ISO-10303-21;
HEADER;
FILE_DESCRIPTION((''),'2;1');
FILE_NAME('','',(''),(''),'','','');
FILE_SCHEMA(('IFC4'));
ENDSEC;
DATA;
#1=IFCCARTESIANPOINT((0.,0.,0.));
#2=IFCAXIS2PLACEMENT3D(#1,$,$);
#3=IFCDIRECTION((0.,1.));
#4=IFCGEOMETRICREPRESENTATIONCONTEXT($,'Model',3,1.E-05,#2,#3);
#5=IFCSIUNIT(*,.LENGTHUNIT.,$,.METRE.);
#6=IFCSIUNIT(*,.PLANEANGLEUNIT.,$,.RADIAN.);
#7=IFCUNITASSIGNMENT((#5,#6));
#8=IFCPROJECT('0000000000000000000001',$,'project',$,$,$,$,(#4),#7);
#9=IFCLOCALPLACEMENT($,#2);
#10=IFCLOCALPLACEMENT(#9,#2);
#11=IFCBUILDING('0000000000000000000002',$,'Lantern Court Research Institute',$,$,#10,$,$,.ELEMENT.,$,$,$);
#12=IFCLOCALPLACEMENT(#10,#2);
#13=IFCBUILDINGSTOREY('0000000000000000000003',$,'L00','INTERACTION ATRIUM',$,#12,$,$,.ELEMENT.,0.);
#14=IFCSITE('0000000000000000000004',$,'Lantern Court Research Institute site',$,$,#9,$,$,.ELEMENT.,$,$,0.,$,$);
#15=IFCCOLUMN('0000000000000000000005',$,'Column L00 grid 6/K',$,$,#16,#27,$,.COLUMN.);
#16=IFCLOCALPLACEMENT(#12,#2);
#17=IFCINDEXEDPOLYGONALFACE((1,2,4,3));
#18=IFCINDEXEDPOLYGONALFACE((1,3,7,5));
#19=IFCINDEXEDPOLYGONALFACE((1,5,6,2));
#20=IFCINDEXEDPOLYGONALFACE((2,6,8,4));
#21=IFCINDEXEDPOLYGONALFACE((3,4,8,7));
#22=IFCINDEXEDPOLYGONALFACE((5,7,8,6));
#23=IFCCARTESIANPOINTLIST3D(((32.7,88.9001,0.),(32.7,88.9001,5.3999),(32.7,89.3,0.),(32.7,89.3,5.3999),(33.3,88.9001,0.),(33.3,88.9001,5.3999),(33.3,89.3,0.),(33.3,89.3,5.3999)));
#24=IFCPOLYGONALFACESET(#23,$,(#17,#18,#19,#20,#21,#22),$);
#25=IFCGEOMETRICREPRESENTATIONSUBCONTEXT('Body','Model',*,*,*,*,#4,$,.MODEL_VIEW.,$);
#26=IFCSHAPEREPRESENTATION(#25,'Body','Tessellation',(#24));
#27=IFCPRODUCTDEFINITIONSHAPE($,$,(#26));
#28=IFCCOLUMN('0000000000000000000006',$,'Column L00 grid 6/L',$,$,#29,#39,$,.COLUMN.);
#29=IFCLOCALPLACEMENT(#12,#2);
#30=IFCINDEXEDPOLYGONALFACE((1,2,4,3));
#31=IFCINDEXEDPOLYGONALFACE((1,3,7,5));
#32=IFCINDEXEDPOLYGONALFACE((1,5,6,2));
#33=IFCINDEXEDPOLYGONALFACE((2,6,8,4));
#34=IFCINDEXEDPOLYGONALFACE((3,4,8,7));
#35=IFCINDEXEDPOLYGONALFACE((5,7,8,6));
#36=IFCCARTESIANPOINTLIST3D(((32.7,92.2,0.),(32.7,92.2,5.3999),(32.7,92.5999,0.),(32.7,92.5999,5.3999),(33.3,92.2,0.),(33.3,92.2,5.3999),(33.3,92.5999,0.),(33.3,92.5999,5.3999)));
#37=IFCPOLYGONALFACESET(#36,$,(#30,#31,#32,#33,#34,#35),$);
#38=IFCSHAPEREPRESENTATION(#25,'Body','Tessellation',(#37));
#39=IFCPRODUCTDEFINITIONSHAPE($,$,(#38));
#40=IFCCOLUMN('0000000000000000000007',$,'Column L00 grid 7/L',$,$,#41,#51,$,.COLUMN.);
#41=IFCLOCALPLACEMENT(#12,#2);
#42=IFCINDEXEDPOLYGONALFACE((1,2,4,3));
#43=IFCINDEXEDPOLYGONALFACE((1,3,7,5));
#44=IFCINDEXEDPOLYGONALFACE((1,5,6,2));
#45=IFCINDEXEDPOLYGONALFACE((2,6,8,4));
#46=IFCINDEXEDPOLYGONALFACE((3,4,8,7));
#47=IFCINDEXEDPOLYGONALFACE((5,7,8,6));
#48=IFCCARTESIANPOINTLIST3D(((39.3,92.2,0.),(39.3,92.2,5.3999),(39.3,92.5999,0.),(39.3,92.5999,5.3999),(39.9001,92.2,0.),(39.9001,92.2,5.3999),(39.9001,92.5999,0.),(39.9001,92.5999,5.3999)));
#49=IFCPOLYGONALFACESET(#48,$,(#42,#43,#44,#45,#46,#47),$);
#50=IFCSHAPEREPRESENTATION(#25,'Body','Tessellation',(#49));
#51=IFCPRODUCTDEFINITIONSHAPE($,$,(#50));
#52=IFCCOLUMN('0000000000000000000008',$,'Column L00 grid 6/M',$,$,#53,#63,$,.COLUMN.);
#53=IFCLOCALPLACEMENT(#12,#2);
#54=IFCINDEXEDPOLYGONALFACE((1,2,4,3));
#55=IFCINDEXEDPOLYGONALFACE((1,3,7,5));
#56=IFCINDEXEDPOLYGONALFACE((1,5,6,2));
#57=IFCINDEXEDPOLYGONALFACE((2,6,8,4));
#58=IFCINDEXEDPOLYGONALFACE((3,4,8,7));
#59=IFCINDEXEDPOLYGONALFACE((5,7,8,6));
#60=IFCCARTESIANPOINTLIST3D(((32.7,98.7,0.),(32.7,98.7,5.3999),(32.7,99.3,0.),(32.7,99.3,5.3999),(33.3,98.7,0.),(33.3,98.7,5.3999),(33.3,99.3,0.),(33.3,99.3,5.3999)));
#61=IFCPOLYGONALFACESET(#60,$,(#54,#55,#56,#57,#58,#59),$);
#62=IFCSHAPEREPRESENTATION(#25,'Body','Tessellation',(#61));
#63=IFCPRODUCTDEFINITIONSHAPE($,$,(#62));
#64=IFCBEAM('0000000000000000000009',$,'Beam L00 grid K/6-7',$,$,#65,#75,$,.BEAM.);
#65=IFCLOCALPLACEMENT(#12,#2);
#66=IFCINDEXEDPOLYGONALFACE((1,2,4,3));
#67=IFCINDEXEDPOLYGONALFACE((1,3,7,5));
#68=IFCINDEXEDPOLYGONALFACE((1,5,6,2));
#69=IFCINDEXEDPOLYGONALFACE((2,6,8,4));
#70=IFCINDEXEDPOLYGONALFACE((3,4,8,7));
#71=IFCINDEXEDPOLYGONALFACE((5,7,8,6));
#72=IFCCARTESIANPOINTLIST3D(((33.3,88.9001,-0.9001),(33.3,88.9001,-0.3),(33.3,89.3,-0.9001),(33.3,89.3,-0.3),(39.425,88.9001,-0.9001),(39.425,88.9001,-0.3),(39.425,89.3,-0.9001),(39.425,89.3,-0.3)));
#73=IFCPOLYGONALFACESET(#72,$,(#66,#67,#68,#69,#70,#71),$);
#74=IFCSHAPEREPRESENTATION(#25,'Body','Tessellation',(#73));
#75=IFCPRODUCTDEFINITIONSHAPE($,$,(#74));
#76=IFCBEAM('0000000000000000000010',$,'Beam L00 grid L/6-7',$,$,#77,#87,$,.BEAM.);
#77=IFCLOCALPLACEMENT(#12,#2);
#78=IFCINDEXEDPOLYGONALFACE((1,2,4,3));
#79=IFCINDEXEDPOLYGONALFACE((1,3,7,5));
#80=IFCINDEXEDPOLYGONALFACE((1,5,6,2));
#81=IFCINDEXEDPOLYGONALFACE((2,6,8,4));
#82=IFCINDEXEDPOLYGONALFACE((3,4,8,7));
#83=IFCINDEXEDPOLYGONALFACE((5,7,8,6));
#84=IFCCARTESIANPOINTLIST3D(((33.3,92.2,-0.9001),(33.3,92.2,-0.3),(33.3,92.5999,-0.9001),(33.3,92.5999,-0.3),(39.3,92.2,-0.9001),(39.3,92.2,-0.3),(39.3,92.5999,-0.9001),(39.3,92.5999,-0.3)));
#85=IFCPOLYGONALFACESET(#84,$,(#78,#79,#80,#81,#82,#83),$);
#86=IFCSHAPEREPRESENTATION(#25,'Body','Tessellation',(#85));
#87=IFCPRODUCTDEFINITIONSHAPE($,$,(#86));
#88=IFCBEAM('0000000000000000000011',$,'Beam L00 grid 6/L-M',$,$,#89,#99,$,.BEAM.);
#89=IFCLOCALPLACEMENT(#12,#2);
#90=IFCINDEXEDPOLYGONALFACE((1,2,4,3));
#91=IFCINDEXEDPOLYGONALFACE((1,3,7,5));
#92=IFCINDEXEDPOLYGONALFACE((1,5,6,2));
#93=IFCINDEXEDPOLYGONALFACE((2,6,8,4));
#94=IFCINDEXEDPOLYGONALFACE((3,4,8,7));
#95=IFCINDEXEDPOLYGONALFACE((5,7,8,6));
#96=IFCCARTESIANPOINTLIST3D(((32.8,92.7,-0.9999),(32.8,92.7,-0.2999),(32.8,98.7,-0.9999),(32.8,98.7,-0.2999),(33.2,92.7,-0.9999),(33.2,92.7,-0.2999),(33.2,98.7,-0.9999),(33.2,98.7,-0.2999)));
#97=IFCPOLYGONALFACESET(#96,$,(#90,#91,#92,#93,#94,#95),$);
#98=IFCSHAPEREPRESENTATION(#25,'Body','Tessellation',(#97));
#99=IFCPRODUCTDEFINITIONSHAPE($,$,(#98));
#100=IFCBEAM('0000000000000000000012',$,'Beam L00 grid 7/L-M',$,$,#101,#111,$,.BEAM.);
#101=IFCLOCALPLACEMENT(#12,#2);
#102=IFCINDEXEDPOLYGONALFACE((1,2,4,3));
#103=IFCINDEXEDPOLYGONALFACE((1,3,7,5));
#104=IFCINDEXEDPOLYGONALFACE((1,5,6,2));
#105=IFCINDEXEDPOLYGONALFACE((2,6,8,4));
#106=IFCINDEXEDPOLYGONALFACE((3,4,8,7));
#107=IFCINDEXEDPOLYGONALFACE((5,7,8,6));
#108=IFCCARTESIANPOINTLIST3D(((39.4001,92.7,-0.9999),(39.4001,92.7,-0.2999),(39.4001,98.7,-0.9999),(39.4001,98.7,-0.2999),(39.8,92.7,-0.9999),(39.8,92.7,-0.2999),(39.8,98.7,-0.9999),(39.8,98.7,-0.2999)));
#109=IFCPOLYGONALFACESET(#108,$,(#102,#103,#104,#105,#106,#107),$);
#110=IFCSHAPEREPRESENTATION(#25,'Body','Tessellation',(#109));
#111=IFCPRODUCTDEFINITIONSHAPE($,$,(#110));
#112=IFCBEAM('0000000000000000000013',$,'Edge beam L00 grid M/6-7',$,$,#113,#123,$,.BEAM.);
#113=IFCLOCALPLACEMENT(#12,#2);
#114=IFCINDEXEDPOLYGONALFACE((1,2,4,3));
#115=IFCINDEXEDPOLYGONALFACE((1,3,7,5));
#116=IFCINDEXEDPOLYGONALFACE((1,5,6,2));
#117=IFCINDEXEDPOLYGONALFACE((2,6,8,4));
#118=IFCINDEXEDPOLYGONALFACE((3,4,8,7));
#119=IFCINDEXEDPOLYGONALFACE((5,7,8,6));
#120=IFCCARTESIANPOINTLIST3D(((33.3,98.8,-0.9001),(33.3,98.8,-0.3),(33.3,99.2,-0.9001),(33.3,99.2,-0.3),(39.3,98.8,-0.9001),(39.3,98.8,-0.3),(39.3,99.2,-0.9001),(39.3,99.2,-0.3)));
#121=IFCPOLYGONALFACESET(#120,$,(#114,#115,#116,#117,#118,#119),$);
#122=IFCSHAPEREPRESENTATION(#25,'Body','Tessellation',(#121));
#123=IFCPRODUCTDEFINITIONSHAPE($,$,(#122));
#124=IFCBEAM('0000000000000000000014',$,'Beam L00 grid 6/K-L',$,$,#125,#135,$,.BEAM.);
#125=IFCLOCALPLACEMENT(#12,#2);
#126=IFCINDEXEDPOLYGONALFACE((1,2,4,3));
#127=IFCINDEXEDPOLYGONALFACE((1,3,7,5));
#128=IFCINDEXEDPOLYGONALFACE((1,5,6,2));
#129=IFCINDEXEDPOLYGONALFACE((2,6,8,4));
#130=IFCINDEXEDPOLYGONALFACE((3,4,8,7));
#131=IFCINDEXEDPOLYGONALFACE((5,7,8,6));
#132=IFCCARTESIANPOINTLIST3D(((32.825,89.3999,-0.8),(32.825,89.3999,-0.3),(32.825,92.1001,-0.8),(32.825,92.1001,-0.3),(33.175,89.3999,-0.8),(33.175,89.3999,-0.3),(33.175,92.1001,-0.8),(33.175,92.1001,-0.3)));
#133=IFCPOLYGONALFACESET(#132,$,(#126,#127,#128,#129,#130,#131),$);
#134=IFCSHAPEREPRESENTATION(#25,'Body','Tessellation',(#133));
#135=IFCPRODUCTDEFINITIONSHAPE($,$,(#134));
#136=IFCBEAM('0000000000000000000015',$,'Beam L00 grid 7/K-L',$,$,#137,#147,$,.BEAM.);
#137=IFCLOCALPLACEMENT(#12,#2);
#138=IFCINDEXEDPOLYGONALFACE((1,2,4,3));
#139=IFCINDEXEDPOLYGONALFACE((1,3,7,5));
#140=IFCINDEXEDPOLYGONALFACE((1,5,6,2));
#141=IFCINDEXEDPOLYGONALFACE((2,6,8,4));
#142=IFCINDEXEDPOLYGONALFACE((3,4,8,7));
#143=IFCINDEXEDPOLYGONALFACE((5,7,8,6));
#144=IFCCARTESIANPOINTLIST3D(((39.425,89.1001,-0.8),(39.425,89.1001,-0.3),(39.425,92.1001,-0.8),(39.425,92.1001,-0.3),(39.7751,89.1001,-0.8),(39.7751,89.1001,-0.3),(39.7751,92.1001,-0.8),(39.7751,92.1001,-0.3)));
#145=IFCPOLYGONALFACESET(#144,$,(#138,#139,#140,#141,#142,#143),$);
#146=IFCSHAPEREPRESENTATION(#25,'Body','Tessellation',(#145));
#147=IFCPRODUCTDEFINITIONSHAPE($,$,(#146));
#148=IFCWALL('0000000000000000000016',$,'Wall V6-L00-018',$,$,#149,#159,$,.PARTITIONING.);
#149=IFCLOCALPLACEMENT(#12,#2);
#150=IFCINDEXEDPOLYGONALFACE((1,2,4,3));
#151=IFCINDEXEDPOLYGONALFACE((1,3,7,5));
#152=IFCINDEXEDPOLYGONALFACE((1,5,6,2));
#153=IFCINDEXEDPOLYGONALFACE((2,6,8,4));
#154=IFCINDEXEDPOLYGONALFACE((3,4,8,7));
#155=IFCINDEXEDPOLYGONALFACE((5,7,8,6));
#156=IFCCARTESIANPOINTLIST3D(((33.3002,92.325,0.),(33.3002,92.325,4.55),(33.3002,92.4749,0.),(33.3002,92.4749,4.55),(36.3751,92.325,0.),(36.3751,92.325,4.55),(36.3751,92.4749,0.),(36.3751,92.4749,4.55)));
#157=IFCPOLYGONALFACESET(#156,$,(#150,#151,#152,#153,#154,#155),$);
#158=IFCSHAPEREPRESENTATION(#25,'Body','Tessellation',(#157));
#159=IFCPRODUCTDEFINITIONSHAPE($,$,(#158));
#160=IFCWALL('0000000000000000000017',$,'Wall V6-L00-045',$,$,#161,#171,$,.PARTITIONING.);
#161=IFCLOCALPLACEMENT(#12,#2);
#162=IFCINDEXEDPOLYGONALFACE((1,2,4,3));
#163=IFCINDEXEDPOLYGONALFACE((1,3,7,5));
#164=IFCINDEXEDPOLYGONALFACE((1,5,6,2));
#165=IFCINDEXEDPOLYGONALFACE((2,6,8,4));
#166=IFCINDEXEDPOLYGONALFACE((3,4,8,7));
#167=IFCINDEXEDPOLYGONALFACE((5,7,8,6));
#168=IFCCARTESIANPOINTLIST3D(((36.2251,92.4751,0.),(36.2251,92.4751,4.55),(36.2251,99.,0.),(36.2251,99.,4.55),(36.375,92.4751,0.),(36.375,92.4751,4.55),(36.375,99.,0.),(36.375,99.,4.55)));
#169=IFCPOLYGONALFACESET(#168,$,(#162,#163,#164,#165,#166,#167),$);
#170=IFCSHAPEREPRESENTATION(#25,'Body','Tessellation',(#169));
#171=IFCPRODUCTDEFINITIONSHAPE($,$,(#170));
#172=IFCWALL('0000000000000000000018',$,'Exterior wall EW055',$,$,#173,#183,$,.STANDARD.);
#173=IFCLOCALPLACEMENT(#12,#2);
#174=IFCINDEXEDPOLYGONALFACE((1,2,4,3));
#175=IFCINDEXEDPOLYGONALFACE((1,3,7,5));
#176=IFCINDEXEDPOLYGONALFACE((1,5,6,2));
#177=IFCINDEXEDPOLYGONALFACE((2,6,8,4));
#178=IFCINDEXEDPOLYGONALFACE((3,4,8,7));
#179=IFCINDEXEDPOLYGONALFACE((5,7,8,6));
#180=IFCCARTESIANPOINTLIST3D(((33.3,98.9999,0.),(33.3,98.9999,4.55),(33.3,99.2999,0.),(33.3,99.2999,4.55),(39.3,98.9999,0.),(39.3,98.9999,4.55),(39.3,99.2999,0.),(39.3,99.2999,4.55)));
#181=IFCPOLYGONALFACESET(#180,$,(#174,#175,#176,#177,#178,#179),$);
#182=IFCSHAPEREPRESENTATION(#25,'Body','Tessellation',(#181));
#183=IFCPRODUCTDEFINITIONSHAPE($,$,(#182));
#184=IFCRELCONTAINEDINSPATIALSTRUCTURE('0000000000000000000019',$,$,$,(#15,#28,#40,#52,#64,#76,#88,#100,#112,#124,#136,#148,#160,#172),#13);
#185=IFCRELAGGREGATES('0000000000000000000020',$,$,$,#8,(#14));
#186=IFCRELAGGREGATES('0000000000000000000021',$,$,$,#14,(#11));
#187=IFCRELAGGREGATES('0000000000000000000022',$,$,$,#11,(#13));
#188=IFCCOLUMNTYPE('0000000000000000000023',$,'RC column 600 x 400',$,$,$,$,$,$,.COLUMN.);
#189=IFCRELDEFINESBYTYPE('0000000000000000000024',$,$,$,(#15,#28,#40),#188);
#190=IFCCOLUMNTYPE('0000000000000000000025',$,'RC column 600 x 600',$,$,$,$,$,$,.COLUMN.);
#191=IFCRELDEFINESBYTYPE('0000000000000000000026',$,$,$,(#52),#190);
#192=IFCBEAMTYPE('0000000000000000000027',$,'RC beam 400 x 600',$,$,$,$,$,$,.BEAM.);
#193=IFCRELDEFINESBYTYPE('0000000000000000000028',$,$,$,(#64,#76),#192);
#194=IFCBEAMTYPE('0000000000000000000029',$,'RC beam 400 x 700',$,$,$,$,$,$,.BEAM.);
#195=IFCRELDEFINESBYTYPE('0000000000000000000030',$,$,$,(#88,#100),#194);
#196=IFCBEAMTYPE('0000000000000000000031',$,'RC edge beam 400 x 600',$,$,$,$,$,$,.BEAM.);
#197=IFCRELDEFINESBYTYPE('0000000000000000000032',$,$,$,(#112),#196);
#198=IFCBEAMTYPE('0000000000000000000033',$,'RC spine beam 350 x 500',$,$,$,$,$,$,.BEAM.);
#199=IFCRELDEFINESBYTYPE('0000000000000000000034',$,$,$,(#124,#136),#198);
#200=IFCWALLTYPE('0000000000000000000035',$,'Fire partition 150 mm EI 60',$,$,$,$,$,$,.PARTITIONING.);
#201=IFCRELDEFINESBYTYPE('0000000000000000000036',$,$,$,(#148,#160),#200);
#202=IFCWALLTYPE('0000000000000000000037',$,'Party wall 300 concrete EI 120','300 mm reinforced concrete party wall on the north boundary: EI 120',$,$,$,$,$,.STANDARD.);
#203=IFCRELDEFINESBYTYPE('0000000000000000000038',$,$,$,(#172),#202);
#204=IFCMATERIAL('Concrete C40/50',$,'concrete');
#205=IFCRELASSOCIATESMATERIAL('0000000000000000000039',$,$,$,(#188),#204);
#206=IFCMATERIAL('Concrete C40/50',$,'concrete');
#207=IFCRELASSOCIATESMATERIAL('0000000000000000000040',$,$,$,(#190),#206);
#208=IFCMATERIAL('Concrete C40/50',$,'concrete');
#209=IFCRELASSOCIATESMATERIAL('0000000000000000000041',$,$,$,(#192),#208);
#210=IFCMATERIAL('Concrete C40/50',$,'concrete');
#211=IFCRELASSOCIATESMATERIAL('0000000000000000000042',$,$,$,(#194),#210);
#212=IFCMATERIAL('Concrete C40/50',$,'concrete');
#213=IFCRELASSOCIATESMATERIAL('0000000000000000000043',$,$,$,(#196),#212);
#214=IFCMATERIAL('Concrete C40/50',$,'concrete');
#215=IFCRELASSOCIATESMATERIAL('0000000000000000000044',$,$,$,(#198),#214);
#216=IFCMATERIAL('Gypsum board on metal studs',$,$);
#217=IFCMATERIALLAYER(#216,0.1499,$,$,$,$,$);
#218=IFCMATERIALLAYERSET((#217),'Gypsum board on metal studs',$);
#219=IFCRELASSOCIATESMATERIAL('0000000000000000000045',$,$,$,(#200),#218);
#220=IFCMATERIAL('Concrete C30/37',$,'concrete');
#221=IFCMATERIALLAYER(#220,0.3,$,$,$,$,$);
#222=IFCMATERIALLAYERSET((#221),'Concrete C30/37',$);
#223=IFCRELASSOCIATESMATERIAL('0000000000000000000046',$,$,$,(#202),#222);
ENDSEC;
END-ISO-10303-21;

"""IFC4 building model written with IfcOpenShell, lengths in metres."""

from ifc_helpers import new_model, si_unit, direction, frame, frame_2d, origin, origin_2d, place, context, subcontext, project, spatial, rectangle, extrude, material, layer, layer_set, material_profile, profile_set, type_object, element, save


model = new_model("IFC4")

# Units and contexts
model_context = context("Model", 3, precision=1e-05, world=origin(), true_north=direction((0.0, 1.0)))
body_context = subcontext(model_context, "Body", "Model", "MODEL_VIEW")
ifc_project = project(units=[si_unit("LENGTHUNIT", "METRE"), si_unit("PLANEANGLEUNIT", "RADIAN")], contexts=[model_context])

# Site, building, storey
site_placement = place(None, origin())
site = spatial("IfcSite", under=ifc_project, at=site_placement, Name="Lantern Court Research Institute site", CompositionType="ELEMENT", RefElevation=0.0)
building_placement = place(site_placement, origin())
building = spatial("IfcBuilding", under=site, at=building_placement, Name="Lantern Court Research Institute", CompositionType="ELEMENT")
storey_placement = place(building_placement, origin())
storey = spatial("IfcBuildingStorey", under=building, at=storey_placement, Name="L00", Description="INTERACTION ATRIUM", CompositionType="ELEMENT", Elevation=0.0)

# Columns
ifc_material_1 = material(Name="Concrete C40/50", Category="concrete")
ifc_material_profile_1 = material_profile(ifc_material_1, rectangle(XDim=0.6001, YDim=0.3999, at=origin_2d()), Name="RC column 600 x 400")
ifc_profile_set_1 = profile_set([ifc_material_profile_1], Name="Concrete C40/50")
column_type_1 = type_object("IfcColumnType", Name="RC column 600 x 400", PredefinedType="COLUMN", material=ifc_profile_set_1)
for number, where, z_axis, x_axis, name in (
    (1, (33.0, 89.1001, 0.0), (0.0, 0.0, 1.0), (1.0, 0.0, 0.0), "Column L00 grid 6/K"),
    (2, (33.0, 92.3999, 0.0), (0.0, 0.0, 1.0), (1.0, 0.0, 0.0), "Column L00 grid 6/L"),
    (3, (39.6001, 92.3999, 0.0), (0.0, 0.0, 1.0), (1.0, 0.0, 0.0), "Column L00 grid 7/L"),
):
    element("IfcColumn", number, at=place(storey_placement, frame(where, z_axis=z_axis, x_axis=x_axis)), inside=storey, type_object=column_type_1, Name=name, PredefinedType="COLUMN", context=body_context, shape_type="SweptSolid", body=[
        extrude(rectangle(XDim=0.6001, YDim=0.3999, at=origin_2d()), origin(), (0.0, 0.0, 1.0), 5.3999),
    ])
ifc_material_2 = material(Name="Concrete C40/50", Category="concrete")
ifc_material_profile_2 = material_profile(ifc_material_2, rectangle(XDim=0.6001, YDim=0.6001, at=origin_2d()), Name="RC column 600 x 600")
ifc_profile_set_2 = profile_set([ifc_material_profile_2], Name="Concrete C40/50")
column_type_2 = type_object("IfcColumnType", Name="RC column 600 x 600", PredefinedType="COLUMN", material=ifc_profile_set_2)
column_placement = place(storey_placement, frame((33.0, 99.0, 0.0), z_axis=(0.0, 0.0, 1.0), x_axis=(1.0, 0.0, 0.0)))
element("IfcColumn", 4, at=column_placement, inside=storey, type_object=column_type_2, Name="Column L00 grid 6/M", PredefinedType="COLUMN", context=body_context, shape_type="SweptSolid", body=[
    extrude(rectangle(XDim=0.6001, YDim=0.6001, at=origin_2d()), origin(), (0.0, 0.0, 1.0), 5.3999),
])

# Beams
ifc_material_3 = material(Name="Concrete C40/50", Category="concrete")
ifc_material_profile_3 = material_profile(ifc_material_3, rectangle(XDim=0.3999, YDim=0.6001, at=origin_2d()), Name="RC beam 400 x 600")
ifc_profile_set_3 = profile_set([ifc_material_profile_3], Name="Concrete C40/50")
beam_type_1 = type_object("IfcBeamType", Name="RC beam 400 x 600", PredefinedType="BEAM", material=ifc_profile_set_3)
beam_1_placement = place(storey_placement, frame((33.3, 89.1001, -0.6001), z_axis=(1.0, 0.0, 0.0), x_axis=(0.0, 1.0, 0.0)))
element("IfcBeam", 5, at=beam_1_placement, inside=storey, type_object=beam_type_1, Name="Beam L00 grid K/6-7", PredefinedType="BEAM", context=body_context, shape_type="SweptSolid", body=[
    extrude(rectangle(XDim=0.3999, YDim=0.6001, at=origin_2d()), origin(), (0.0, 0.0, 1.0), 6.125),
])
beam_2_placement = place(storey_placement, frame((33.3, 92.3999, -0.6001), z_axis=(1.0, 0.0, 0.0), x_axis=(0.0, 1.0, 0.0)))
element("IfcBeam", 6, at=beam_2_placement, inside=storey, type_object=beam_type_1, Name="Beam L00 grid L/6-7", PredefinedType="BEAM", context=body_context, shape_type="SweptSolid", body=[
    extrude(rectangle(XDim=0.3999, YDim=0.6001, at=origin_2d()), origin(), (0.0, 0.0, 1.0), 6.0),
])
ifc_material_4 = material(Name="Concrete C40/50", Category="concrete")
ifc_material_profile_4 = material_profile(ifc_material_4, rectangle(XDim=0.3999, YDim=0.7, at=origin_2d()), Name="RC beam 400 x 700")
ifc_profile_set_4 = profile_set([ifc_material_profile_4], Name="Concrete C40/50")
beam_type_2 = type_object("IfcBeamType", Name="RC beam 400 x 700", PredefinedType="BEAM", material=ifc_profile_set_4)
for number, where, z_axis, x_axis, name in (
    (7, (33.0, 92.7, -0.6499), (0.0, 1.0, 0.0), (-1.0, 0.0, 0.0), "Beam L00 grid 6/L-M"),
    (8, (39.6001, 92.7, -0.6499), (0.0, 1.0, 0.0), (-1.0, 0.0, 0.0), "Beam L00 grid 7/L-M"),
):
    element("IfcBeam", number, at=place(storey_placement, frame(where, z_axis=z_axis, x_axis=x_axis)), inside=storey, type_object=beam_type_2, Name=name, PredefinedType="BEAM", context=body_context, shape_type="SweptSolid", body=[
        extrude(rectangle(XDim=0.3999, YDim=0.7, at=origin_2d()), origin(), (0.0, 0.0, 1.0), 6.0),
    ])
ifc_material_5 = material(Name="Concrete C40/50", Category="concrete")
ifc_material_profile_5 = material_profile(ifc_material_5, rectangle(XDim=0.3999, YDim=0.6001, at=origin_2d()), Name="RC beam 400 x 600")
ifc_profile_set_5 = profile_set([ifc_material_profile_5], Name="Concrete C40/50")
beam_type_3 = type_object("IfcBeamType", Name="RC edge beam 400 x 600", PredefinedType="BEAM", material=ifc_profile_set_5)
beam_3_placement = place(storey_placement, frame((33.3, 99.0, -0.6001), z_axis=(1.0, 0.0, 0.0), x_axis=(0.0, 1.0, 0.0)))
element("IfcBeam", 9, at=beam_3_placement, inside=storey, type_object=beam_type_3, Name="Edge beam L00 grid M/6-7", PredefinedType="BEAM", context=body_context, shape_type="SweptSolid", body=[
    extrude(rectangle(XDim=0.3999, YDim=0.6001, at=origin_2d()), origin(), (0.0, 0.0, 1.0), 6.0),
])
ifc_material_6 = material(Name="Concrete C40/50", Category="concrete")
ifc_material_profile_6 = material_profile(ifc_material_6, rectangle(XDim=0.3501, YDim=0.5, at=origin_2d()), Name="RC beam 350 x 500")
ifc_profile_set_6 = profile_set([ifc_material_profile_6], Name="Concrete C40/50")
beam_type_4 = type_object("IfcBeamType", Name="RC spine beam 350 x 500", PredefinedType="BEAM", material=ifc_profile_set_6)
beam_4_placement = place(storey_placement, frame((33.0, 89.3999, -0.55), z_axis=(0.0, 1.0, 0.0), x_axis=(-1.0, 0.0, 0.0)))
element("IfcBeam", 10, at=beam_4_placement, inside=storey, type_object=beam_type_4, Name="Beam L00 grid 6/K-L", PredefinedType="BEAM", context=body_context, shape_type="SweptSolid", body=[
    extrude(rectangle(XDim=0.3501, YDim=0.5, at=origin_2d()), origin(), (0.0, 0.0, 1.0), 2.7002),
])
beam_5_placement = place(storey_placement, frame((39.6001, 89.1001, -0.55), z_axis=(0.0, 1.0, 0.0), x_axis=(-1.0, 0.0, 0.0)))
element("IfcBeam", 11, at=beam_5_placement, inside=storey, type_object=beam_type_4, Name="Beam L00 grid 7/K-L", PredefinedType="BEAM", context=body_context, shape_type="SweptSolid", body=[
    extrude(rectangle(XDim=0.3501, YDim=0.5, at=origin_2d()), origin(), (0.0, 0.0, 1.0), 3.0),
])

# Walls
ifc_material_7 = material(Name="Gypsum board on metal studs")
ifc_layer_1 = layer(ifc_material_7, 0.1499)
ifc_layer_set_1 = layer_set([ifc_layer_1], Name="Gypsum board on metal studs")
wall_type_1 = type_object("IfcWallType", Name="Fire partition 150 mm EI 60", PredefinedType="PARTITIONING", material=ifc_layer_set_1)
wall_1_placement = place(storey_placement, frame((33.3, 92.3999, 0.0), z_axis=(0.0, 0.0, 1.0), x_axis=(1.0, 0.0, 0.0)))
element("IfcWall", 12, at=wall_1_placement, inside=storey, type_object=wall_type_1, Name="Wall V6-L00-018", PredefinedType="PARTITIONING", context=body_context, shape_type="SweptSolid", body=[
    extrude(rectangle(XDim=3.075, YDim=0.1499, at=frame_2d((1.5376, 0.0))), origin(), (0.0, 0.0, 1.0), 4.55),
])
wall_2_placement = place(storey_placement, frame((36.3, 92.4751, 0.0), z_axis=(0.0, 0.0, 1.0), x_axis=(0.0, 1.0, 0.0)))
element("IfcWall", 13, at=wall_2_placement, inside=storey, type_object=wall_type_1, Name="Wall V6-L00-045", PredefinedType="PARTITIONING", context=body_context, shape_type="SweptSolid", body=[
    extrude(rectangle(XDim=6.5249, YDim=0.1499, at=frame_2d((3.2625, 0.0))), origin(), (0.0, 0.0, 1.0), 4.55),
])
ifc_material_8 = material(Name="Concrete C30/37", Category="concrete")
ifc_layer_2 = layer(ifc_material_8, 0.3)
ifc_layer_set_2 = layer_set([ifc_layer_2], Name="Concrete C30/37")
wall_type_2 = type_object("IfcWallType", Name="Party wall 300 concrete EI 120", Description="300 mm reinforced concrete party wall on the north boundary: EI 120", PredefinedType="STANDARD", material=ifc_layer_set_2)
wall_3_placement = place(storey_placement, frame((33.3, 99.1499, 0.0), z_axis=(0.0, 0.0, 1.0), x_axis=(1.0, 0.0, 0.0)))
element("IfcWall", 14, at=wall_3_placement, inside=storey, type_object=wall_type_2, Name="Exterior wall EW055", PredefinedType="STANDARD", context=body_context, shape_type="SweptSolid", body=[
    extrude(rectangle(XDim=6.0, YDim=0.3, at=frame_2d((3.0, 0.0))), origin(), (0.0, 0.0, 1.0), 4.55),
])

save(model, "model.ifc")
